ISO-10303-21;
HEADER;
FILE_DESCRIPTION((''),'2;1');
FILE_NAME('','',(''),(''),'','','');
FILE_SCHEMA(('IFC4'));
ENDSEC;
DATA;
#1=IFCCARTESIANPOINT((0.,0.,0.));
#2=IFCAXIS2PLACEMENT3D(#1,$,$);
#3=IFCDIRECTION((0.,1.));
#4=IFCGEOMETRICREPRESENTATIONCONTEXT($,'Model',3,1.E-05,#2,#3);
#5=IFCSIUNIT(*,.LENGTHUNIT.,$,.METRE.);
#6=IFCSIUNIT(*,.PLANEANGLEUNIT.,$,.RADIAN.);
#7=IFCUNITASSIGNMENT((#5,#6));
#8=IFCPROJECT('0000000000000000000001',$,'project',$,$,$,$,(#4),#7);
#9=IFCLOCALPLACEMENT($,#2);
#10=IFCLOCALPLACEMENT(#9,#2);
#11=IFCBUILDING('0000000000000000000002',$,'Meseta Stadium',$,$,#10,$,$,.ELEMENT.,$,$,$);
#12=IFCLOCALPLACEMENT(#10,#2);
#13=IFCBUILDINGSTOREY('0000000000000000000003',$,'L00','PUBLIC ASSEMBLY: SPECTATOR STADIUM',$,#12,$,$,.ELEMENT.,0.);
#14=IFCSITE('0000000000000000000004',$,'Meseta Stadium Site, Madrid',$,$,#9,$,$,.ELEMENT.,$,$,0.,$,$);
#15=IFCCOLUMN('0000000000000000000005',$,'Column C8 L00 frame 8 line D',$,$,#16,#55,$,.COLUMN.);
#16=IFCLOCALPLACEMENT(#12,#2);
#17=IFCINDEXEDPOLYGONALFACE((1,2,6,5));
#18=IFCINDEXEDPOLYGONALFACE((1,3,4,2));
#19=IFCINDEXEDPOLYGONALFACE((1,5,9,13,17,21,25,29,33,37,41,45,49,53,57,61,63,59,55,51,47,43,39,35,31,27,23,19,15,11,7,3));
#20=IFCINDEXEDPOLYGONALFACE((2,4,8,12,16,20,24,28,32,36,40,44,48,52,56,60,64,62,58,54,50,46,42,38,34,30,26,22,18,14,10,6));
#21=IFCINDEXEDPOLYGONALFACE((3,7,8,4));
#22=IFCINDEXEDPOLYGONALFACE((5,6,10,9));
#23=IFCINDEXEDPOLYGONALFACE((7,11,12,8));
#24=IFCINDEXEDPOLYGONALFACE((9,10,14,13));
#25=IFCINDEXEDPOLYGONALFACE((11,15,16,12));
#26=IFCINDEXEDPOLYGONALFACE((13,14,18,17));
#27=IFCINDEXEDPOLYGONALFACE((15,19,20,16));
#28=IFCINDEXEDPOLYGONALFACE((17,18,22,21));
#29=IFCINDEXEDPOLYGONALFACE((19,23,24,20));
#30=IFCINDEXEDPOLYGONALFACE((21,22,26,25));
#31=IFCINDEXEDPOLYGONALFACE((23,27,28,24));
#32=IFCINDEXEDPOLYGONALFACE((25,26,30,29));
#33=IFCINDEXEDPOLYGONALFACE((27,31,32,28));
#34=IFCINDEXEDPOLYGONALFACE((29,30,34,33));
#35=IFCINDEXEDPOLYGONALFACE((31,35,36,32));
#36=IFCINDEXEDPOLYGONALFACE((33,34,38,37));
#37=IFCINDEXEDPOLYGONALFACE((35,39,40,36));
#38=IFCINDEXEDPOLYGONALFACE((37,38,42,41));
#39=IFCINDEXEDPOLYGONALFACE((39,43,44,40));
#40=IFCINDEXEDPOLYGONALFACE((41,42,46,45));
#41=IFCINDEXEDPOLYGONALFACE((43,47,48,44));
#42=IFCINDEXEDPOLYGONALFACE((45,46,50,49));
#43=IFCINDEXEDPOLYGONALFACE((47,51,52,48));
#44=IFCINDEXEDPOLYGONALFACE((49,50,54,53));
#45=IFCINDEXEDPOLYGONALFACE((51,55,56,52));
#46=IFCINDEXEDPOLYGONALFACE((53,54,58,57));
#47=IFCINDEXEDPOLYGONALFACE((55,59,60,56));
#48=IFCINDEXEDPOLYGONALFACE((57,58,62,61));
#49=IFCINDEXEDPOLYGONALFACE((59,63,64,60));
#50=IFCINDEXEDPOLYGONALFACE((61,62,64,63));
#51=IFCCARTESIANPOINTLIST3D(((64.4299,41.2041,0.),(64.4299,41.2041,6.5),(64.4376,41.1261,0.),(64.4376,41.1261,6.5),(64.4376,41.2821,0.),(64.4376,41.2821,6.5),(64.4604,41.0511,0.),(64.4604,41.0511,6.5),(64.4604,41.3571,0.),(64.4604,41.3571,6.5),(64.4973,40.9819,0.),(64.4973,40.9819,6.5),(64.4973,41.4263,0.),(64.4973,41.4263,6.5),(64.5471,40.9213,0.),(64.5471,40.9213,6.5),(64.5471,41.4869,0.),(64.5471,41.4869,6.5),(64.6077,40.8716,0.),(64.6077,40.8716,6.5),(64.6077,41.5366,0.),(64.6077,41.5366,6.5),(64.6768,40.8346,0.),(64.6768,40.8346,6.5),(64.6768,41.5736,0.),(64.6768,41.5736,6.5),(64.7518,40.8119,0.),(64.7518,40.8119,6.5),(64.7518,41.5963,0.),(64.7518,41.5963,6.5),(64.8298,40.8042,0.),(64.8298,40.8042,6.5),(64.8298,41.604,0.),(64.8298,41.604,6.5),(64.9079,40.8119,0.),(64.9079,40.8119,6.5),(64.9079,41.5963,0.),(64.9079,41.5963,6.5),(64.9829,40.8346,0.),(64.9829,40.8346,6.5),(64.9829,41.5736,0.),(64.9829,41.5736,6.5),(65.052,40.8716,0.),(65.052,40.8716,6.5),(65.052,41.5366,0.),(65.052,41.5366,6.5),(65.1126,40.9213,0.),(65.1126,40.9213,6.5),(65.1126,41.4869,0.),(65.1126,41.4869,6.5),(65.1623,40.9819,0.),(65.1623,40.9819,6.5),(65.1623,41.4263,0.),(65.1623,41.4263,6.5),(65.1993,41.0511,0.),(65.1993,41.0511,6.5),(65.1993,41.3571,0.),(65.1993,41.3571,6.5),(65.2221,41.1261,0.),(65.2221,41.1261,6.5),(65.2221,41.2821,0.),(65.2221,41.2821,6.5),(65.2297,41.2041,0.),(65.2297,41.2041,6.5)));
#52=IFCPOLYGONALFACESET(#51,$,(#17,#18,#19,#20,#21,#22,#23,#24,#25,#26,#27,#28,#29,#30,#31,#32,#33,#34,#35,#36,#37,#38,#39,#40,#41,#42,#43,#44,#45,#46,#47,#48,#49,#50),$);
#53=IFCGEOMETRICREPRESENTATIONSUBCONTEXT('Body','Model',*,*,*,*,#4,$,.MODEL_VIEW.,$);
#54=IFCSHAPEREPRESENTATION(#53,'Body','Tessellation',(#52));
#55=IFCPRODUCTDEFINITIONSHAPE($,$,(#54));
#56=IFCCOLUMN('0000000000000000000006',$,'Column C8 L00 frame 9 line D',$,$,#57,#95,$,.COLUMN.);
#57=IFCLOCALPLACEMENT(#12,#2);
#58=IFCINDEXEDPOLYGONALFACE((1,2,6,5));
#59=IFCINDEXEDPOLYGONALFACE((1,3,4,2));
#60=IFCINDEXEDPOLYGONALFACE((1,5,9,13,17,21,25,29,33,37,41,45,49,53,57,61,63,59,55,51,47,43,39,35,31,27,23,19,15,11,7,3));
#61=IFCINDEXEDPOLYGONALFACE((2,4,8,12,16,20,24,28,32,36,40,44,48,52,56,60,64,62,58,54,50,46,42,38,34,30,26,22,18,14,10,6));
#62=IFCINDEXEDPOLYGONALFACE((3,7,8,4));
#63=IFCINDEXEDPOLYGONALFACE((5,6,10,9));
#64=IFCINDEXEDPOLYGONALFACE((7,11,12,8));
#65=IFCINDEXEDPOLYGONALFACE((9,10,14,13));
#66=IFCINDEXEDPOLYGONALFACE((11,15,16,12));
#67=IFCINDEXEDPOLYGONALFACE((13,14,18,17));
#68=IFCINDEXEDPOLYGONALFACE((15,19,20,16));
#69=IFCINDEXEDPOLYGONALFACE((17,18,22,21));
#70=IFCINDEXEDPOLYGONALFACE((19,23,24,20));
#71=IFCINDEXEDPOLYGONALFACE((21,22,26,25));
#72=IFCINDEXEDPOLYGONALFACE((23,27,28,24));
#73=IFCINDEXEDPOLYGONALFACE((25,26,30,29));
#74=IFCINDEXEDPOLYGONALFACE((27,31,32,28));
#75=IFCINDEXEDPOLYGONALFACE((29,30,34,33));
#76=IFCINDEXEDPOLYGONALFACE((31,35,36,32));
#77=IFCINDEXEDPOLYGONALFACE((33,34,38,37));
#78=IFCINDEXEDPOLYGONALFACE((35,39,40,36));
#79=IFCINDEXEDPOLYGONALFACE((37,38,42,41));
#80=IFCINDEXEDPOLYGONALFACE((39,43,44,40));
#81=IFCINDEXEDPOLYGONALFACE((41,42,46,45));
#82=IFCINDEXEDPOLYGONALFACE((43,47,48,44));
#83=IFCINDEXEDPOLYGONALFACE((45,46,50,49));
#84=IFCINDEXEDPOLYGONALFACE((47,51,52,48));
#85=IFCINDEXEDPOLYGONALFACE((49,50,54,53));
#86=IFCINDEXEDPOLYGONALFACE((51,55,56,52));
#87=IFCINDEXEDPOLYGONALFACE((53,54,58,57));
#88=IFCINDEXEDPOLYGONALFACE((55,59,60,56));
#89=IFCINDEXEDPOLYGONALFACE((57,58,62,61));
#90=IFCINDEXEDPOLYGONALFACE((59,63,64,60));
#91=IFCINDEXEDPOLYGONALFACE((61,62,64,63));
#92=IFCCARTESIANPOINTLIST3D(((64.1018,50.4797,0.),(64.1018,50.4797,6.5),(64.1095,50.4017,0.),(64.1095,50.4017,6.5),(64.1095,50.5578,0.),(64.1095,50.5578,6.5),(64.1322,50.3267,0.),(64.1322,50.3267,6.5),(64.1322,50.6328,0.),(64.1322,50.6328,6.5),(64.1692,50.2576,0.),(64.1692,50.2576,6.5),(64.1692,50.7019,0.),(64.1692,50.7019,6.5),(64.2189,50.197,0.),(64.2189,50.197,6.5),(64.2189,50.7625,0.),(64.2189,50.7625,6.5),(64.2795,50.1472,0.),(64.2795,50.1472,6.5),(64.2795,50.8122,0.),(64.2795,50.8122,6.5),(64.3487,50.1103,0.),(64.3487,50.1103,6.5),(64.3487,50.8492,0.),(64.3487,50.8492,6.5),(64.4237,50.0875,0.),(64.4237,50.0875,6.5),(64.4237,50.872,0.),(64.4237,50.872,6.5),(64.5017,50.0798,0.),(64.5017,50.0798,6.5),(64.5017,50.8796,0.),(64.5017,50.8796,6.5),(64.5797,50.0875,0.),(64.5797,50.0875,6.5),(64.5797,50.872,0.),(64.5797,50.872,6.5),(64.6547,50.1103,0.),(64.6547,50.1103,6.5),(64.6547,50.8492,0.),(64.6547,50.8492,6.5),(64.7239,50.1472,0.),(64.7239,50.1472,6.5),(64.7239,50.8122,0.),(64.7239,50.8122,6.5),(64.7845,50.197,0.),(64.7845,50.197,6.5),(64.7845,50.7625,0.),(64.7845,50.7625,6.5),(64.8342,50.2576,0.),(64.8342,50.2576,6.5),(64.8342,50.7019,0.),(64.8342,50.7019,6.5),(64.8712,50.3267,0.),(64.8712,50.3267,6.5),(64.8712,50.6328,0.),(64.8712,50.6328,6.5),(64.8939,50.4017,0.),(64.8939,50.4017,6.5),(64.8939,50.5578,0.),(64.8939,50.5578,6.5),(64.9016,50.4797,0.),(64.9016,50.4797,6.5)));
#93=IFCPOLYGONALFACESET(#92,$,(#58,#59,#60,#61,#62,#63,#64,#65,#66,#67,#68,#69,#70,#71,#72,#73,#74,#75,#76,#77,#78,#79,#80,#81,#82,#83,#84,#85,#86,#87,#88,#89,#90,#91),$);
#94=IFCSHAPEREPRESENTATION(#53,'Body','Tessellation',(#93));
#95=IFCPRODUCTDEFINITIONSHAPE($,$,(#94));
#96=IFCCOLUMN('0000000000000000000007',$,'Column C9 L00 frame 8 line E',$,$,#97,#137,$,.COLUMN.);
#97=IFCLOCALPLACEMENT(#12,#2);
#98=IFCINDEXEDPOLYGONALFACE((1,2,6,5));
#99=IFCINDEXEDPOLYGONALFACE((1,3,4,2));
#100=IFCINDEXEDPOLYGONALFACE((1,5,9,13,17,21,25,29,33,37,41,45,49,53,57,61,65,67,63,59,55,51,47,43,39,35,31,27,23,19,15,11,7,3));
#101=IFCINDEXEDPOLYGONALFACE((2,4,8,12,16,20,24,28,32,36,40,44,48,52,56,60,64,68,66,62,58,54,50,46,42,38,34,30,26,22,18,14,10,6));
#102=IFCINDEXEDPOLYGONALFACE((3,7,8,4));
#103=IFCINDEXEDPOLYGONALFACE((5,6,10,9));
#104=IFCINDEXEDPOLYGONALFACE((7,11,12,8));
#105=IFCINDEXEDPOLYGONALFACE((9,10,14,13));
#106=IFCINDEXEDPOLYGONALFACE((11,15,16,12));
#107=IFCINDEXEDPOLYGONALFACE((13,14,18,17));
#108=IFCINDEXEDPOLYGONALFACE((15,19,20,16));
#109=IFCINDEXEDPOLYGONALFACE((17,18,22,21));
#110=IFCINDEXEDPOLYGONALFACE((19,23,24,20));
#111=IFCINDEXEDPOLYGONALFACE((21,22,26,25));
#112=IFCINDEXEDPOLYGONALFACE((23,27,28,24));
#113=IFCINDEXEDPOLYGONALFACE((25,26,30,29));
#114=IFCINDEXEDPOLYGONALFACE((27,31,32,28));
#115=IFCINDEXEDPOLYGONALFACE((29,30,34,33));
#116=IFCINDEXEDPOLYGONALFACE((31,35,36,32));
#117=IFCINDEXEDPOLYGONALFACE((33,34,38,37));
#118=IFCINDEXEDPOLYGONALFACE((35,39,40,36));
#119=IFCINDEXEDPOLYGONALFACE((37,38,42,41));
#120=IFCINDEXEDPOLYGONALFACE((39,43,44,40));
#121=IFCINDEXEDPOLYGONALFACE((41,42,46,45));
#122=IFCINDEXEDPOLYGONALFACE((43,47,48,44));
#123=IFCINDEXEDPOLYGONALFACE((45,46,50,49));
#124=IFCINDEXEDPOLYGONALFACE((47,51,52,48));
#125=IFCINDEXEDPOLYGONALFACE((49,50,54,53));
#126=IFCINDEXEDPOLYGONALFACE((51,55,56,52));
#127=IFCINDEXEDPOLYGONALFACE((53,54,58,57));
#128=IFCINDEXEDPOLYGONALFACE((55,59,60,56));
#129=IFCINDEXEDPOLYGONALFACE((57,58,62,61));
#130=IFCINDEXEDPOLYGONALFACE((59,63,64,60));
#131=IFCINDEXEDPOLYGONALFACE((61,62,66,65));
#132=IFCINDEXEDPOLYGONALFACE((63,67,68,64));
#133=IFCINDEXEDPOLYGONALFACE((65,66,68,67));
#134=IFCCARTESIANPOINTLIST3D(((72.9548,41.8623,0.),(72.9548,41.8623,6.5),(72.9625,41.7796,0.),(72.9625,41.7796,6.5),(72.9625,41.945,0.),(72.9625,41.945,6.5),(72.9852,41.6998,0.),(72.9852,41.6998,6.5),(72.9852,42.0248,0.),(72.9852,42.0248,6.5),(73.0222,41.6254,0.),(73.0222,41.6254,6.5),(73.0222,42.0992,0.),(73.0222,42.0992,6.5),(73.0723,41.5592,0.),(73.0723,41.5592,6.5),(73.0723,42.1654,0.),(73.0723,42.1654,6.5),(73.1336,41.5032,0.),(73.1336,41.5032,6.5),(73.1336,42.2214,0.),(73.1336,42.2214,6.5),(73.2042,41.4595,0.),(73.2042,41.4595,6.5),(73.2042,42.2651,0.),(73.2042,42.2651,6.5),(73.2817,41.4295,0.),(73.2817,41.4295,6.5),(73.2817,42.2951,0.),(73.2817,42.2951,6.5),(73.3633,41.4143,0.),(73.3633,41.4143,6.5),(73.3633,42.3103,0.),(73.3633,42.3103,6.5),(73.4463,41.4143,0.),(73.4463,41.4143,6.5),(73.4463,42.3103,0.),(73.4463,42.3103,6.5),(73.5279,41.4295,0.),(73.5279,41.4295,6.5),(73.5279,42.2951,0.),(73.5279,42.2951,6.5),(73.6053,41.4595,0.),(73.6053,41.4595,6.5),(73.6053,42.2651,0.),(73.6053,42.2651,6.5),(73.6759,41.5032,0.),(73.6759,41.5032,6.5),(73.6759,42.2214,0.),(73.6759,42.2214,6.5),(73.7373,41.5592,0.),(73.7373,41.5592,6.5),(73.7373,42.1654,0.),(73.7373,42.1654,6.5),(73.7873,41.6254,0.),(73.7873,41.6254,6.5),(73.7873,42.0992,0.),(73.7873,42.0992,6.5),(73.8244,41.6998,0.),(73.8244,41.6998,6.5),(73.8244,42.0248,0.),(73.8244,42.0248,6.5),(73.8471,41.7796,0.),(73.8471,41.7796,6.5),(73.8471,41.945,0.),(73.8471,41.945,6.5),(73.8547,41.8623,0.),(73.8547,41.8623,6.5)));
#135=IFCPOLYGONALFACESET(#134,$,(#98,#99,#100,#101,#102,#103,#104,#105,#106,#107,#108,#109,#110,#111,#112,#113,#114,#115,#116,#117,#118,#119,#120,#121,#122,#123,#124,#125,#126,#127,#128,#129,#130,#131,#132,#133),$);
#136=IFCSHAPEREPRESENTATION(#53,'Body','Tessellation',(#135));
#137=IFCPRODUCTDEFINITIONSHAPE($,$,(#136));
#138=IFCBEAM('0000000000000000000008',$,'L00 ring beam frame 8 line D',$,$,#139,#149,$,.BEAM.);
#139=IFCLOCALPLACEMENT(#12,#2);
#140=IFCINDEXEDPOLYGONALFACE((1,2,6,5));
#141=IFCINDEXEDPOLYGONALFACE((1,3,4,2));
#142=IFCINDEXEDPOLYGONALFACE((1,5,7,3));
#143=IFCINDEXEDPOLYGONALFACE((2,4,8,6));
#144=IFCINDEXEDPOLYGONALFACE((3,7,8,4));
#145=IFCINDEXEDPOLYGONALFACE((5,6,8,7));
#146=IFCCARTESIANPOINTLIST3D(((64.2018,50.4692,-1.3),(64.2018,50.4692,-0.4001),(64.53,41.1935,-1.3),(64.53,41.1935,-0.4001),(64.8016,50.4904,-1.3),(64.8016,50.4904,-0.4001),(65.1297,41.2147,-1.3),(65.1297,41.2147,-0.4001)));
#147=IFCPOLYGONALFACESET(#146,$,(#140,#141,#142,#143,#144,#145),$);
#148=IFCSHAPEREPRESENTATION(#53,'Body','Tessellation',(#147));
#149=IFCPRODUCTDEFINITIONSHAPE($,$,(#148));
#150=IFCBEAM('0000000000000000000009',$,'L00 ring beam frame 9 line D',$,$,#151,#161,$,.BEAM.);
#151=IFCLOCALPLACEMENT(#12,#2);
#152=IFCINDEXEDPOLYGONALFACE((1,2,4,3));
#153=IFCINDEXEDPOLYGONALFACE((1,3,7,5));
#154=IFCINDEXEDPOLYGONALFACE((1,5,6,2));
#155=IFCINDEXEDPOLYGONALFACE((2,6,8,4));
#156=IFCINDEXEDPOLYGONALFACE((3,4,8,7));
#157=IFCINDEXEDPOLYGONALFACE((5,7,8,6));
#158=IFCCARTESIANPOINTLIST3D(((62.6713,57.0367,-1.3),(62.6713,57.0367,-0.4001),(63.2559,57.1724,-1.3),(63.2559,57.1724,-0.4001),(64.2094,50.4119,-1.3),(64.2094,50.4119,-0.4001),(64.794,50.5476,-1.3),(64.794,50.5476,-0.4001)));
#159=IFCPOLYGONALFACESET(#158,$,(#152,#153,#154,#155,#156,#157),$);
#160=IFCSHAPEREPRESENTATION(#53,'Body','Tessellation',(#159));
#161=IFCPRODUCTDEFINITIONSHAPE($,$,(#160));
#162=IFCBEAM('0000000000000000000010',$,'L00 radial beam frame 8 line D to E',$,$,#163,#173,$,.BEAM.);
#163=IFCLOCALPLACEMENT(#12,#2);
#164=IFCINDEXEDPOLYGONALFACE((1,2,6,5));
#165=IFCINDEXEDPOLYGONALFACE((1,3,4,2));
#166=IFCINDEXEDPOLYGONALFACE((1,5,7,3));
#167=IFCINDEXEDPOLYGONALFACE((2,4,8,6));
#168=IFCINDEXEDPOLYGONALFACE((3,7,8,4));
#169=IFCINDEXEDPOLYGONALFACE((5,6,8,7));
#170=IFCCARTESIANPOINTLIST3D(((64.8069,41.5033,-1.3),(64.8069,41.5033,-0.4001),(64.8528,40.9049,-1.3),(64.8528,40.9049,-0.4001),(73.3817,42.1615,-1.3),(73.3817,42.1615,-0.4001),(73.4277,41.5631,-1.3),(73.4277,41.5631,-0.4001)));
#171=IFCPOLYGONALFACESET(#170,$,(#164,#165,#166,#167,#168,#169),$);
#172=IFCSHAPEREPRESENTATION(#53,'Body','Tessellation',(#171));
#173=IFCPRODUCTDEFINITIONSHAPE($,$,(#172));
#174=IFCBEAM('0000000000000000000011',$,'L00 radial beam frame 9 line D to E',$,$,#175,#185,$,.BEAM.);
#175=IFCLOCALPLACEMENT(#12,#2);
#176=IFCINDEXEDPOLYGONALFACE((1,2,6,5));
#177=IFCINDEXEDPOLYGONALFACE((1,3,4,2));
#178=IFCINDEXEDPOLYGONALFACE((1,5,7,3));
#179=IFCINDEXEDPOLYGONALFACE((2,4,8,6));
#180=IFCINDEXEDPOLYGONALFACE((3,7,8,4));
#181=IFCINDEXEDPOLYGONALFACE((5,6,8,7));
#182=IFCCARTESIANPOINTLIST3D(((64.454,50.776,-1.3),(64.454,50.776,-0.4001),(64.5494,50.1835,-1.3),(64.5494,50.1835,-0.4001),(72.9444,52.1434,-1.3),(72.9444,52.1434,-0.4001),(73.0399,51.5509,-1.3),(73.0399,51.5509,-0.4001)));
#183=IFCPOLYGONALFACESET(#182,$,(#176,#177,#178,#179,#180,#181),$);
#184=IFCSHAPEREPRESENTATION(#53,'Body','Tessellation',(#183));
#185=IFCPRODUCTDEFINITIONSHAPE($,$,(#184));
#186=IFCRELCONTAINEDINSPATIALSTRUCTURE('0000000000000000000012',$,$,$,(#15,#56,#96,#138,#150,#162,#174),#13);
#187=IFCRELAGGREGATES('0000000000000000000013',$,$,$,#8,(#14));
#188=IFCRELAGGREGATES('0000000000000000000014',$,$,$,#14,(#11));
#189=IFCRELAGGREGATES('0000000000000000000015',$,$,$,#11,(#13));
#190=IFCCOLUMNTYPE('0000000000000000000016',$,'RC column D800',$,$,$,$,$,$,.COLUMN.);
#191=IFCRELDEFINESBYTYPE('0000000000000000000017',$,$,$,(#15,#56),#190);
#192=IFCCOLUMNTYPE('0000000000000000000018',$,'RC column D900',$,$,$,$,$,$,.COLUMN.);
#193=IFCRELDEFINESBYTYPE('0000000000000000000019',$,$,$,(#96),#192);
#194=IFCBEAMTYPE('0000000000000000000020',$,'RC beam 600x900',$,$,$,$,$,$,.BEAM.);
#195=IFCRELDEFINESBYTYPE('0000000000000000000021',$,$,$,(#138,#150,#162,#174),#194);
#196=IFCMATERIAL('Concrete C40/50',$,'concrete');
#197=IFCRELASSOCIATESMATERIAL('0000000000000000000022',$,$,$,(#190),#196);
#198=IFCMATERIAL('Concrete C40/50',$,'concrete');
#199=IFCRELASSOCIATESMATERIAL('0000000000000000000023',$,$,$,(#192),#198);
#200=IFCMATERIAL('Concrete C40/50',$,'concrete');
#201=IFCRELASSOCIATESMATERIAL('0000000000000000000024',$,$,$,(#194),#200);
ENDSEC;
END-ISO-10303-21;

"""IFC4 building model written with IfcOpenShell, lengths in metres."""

from ifc_helpers import new_model, si_unit, direction, frame, origin, origin_2d, place, context, subcontext, project, spatial, rectangle, circle, extrude, material, material_profile, profile_set, type_object, element, save


model = new_model("IFC4")

# Units and contexts
model_context = context("Model", 3, precision=1e-05, world=origin(), true_north=direction((0.0, 1.0)))
body_context = subcontext(model_context, "Body", "Model", "MODEL_VIEW")
ifc_project = project(units=[si_unit("LENGTHUNIT", "METRE"), si_unit("PLANEANGLEUNIT", "RADIAN")], contexts=[model_context])

# Site, building, storey
site_placement = place(None, origin())
site = spatial("IfcSite", under=ifc_project, at=site_placement, Name="Meseta Stadium Site, Madrid", CompositionType="ELEMENT", RefElevation=0.0)
building_placement = place(site_placement, origin())
building = spatial("IfcBuilding", under=site, at=building_placement, Name="Meseta Stadium", CompositionType="ELEMENT")
storey_placement = place(building_placement, origin())
storey = spatial("IfcBuildingStorey", under=building, at=storey_placement, Name="L00", Description="PUBLIC ASSEMBLY: SPECTATOR STADIUM", CompositionType="ELEMENT", Elevation=0.0)

# Columns
ifc_material_1 = material(Name="Concrete C40/50", Category="concrete")
ifc_material_profile_1 = material_profile(ifc_material_1, circle(Radius=0.3999, at=origin_2d()), Name="RC D800")
ifc_profile_set_1 = profile_set([ifc_material_profile_1], Name="Concrete C40/50")
column_type_1 = type_object("IfcColumnType", Name="RC column D800", PredefinedType="COLUMN", material=ifc_profile_set_1)
for number, where, z_axis, x_axis, name in (
    (1, (64.8298, 41.2041, 0.0), (0.0, 0.0, 1.0), (1.0, 0.0, 0.0), "Column C8 L00 frame 8 line D"),
    (2, (64.5017, 50.4797, 0.0), (0.0, 0.0, 1.0), (1.0, 0.0, 0.0), "Column C8 L00 frame 9 line D"),
):
    element("IfcColumn", number, at=place(storey_placement, frame(where, z_axis=z_axis, x_axis=x_axis)), inside=storey, type_object=column_type_1, Name=name, PredefinedType="COLUMN", context=body_context, shape_type="SweptSolid", body=[
        extrude(circle(Radius=0.3999, at=origin_2d()), origin(), (0.0, 0.0, 1.0), 6.5),
    ])
ifc_material_2 = material(Name="Concrete C40/50", Category="concrete")
ifc_material_profile_2 = material_profile(ifc_material_2, circle(Radius=0.45, at=origin_2d()), Name="RC D900")
ifc_profile_set_2 = profile_set([ifc_material_profile_2], Name="Concrete C40/50")
column_type_2 = type_object("IfcColumnType", Name="RC column D900", PredefinedType="COLUMN", material=ifc_profile_set_2)
column_placement = place(storey_placement, frame((73.4048, 41.8623, 0.0), z_axis=(0.0, 0.0, 1.0), x_axis=(1.0, 0.0, 0.0)))
element("IfcColumn", 3, at=column_placement, inside=storey, type_object=column_type_2, Name="Column C9 L00 frame 8 line E", PredefinedType="COLUMN", context=body_context, shape_type="SweptSolid", body=[
    extrude(circle(Radius=0.45, at=origin_2d()), origin(), (0.0, 0.0, 1.0), 6.5),
])

# Beams
ifc_material_3 = material(Name="Concrete C40/50", Category="concrete")
ifc_material_profile_3 = material_profile(ifc_material_3, rectangle(XDim=0.6001, YDim=0.8999, at=origin_2d()), Name="RC 600x900")
ifc_profile_set_3 = profile_set([ifc_material_profile_3], Name="Concrete C40/50")
beam_type_1 = type_object("IfcBeamType", Name="RC beam 600x900", PredefinedType="BEAM", material=ifc_profile_set_3)
beam_1_placement = place(storey_placement, frame((64.8298, 41.2041, -0.8501), z_axis=(-0.035353, 0.999375, 0.0), x_axis=(-0.999375, -0.035353, 0.0)))
element("IfcBeam", 4, at=beam_1_placement, inside=storey, type_object=beam_type_1, Name="L00 ring beam frame 8 line D", PredefinedType="BEAM", context=body_context, shape_type="SweptSolid", body=[
    extrude(rectangle(XDim=0.6001, YDim=0.8999, at=origin_2d()), origin(), (0.0, 0.0, 1.0), 9.2815),
])
beam_2_placement = place(storey_placement, frame((64.5017, 50.4797, -0.8501), z_axis=(-0.226157, 0.974091, 0.0), x_axis=(-0.974091, -0.226157, 0.0)))
element("IfcBeam", 5, at=beam_2_placement, inside=storey, type_object=beam_type_1, Name="L00 ring beam frame 9 line D", PredefinedType="BEAM", context=body_context, shape_type="SweptSolid", body=[
    extrude(rectangle(XDim=0.6001, YDim=0.8999, at=origin_2d()), origin(), (0.0, 0.0, 1.0), 6.801),
])
beam_3_placement = place(storey_placement, frame((64.8298, 41.2041, -0.8501), z_axis=(0.997067, 0.076534, 0.0), x_axis=(-0.076534, 0.997067, 0.0)))
element("IfcBeam", 6, at=beam_3_placement, inside=storey, type_object=beam_type_1, Name="L00 radial beam frame 8 line D to E", PredefinedType="BEAM", context=body_context, shape_type="SweptSolid", body=[
    extrude(rectangle(XDim=0.6001, YDim=0.8999, at=origin_2d()), origin(), (0.0, 0.0, 1.0), 8.6001),
])
beam_4_placement = place(storey_placement, frame((64.5017, 50.4797, -0.8501), z_axis=(0.987278, 0.159006, 0.0), x_axis=(-0.159006, 0.987278, 0.0)))
element("IfcBeam", 7, at=beam_4_placement, inside=storey, type_object=beam_type_1, Name="L00 radial beam frame 9 line D to E", PredefinedType="BEAM", context=body_context, shape_type="SweptSolid", body=[
    extrude(rectangle(XDim=0.6001, YDim=0.8999, at=origin_2d()), origin(), (0.0, 0.0, 1.0), 8.5999),
])

save(model, "model.ifc")
